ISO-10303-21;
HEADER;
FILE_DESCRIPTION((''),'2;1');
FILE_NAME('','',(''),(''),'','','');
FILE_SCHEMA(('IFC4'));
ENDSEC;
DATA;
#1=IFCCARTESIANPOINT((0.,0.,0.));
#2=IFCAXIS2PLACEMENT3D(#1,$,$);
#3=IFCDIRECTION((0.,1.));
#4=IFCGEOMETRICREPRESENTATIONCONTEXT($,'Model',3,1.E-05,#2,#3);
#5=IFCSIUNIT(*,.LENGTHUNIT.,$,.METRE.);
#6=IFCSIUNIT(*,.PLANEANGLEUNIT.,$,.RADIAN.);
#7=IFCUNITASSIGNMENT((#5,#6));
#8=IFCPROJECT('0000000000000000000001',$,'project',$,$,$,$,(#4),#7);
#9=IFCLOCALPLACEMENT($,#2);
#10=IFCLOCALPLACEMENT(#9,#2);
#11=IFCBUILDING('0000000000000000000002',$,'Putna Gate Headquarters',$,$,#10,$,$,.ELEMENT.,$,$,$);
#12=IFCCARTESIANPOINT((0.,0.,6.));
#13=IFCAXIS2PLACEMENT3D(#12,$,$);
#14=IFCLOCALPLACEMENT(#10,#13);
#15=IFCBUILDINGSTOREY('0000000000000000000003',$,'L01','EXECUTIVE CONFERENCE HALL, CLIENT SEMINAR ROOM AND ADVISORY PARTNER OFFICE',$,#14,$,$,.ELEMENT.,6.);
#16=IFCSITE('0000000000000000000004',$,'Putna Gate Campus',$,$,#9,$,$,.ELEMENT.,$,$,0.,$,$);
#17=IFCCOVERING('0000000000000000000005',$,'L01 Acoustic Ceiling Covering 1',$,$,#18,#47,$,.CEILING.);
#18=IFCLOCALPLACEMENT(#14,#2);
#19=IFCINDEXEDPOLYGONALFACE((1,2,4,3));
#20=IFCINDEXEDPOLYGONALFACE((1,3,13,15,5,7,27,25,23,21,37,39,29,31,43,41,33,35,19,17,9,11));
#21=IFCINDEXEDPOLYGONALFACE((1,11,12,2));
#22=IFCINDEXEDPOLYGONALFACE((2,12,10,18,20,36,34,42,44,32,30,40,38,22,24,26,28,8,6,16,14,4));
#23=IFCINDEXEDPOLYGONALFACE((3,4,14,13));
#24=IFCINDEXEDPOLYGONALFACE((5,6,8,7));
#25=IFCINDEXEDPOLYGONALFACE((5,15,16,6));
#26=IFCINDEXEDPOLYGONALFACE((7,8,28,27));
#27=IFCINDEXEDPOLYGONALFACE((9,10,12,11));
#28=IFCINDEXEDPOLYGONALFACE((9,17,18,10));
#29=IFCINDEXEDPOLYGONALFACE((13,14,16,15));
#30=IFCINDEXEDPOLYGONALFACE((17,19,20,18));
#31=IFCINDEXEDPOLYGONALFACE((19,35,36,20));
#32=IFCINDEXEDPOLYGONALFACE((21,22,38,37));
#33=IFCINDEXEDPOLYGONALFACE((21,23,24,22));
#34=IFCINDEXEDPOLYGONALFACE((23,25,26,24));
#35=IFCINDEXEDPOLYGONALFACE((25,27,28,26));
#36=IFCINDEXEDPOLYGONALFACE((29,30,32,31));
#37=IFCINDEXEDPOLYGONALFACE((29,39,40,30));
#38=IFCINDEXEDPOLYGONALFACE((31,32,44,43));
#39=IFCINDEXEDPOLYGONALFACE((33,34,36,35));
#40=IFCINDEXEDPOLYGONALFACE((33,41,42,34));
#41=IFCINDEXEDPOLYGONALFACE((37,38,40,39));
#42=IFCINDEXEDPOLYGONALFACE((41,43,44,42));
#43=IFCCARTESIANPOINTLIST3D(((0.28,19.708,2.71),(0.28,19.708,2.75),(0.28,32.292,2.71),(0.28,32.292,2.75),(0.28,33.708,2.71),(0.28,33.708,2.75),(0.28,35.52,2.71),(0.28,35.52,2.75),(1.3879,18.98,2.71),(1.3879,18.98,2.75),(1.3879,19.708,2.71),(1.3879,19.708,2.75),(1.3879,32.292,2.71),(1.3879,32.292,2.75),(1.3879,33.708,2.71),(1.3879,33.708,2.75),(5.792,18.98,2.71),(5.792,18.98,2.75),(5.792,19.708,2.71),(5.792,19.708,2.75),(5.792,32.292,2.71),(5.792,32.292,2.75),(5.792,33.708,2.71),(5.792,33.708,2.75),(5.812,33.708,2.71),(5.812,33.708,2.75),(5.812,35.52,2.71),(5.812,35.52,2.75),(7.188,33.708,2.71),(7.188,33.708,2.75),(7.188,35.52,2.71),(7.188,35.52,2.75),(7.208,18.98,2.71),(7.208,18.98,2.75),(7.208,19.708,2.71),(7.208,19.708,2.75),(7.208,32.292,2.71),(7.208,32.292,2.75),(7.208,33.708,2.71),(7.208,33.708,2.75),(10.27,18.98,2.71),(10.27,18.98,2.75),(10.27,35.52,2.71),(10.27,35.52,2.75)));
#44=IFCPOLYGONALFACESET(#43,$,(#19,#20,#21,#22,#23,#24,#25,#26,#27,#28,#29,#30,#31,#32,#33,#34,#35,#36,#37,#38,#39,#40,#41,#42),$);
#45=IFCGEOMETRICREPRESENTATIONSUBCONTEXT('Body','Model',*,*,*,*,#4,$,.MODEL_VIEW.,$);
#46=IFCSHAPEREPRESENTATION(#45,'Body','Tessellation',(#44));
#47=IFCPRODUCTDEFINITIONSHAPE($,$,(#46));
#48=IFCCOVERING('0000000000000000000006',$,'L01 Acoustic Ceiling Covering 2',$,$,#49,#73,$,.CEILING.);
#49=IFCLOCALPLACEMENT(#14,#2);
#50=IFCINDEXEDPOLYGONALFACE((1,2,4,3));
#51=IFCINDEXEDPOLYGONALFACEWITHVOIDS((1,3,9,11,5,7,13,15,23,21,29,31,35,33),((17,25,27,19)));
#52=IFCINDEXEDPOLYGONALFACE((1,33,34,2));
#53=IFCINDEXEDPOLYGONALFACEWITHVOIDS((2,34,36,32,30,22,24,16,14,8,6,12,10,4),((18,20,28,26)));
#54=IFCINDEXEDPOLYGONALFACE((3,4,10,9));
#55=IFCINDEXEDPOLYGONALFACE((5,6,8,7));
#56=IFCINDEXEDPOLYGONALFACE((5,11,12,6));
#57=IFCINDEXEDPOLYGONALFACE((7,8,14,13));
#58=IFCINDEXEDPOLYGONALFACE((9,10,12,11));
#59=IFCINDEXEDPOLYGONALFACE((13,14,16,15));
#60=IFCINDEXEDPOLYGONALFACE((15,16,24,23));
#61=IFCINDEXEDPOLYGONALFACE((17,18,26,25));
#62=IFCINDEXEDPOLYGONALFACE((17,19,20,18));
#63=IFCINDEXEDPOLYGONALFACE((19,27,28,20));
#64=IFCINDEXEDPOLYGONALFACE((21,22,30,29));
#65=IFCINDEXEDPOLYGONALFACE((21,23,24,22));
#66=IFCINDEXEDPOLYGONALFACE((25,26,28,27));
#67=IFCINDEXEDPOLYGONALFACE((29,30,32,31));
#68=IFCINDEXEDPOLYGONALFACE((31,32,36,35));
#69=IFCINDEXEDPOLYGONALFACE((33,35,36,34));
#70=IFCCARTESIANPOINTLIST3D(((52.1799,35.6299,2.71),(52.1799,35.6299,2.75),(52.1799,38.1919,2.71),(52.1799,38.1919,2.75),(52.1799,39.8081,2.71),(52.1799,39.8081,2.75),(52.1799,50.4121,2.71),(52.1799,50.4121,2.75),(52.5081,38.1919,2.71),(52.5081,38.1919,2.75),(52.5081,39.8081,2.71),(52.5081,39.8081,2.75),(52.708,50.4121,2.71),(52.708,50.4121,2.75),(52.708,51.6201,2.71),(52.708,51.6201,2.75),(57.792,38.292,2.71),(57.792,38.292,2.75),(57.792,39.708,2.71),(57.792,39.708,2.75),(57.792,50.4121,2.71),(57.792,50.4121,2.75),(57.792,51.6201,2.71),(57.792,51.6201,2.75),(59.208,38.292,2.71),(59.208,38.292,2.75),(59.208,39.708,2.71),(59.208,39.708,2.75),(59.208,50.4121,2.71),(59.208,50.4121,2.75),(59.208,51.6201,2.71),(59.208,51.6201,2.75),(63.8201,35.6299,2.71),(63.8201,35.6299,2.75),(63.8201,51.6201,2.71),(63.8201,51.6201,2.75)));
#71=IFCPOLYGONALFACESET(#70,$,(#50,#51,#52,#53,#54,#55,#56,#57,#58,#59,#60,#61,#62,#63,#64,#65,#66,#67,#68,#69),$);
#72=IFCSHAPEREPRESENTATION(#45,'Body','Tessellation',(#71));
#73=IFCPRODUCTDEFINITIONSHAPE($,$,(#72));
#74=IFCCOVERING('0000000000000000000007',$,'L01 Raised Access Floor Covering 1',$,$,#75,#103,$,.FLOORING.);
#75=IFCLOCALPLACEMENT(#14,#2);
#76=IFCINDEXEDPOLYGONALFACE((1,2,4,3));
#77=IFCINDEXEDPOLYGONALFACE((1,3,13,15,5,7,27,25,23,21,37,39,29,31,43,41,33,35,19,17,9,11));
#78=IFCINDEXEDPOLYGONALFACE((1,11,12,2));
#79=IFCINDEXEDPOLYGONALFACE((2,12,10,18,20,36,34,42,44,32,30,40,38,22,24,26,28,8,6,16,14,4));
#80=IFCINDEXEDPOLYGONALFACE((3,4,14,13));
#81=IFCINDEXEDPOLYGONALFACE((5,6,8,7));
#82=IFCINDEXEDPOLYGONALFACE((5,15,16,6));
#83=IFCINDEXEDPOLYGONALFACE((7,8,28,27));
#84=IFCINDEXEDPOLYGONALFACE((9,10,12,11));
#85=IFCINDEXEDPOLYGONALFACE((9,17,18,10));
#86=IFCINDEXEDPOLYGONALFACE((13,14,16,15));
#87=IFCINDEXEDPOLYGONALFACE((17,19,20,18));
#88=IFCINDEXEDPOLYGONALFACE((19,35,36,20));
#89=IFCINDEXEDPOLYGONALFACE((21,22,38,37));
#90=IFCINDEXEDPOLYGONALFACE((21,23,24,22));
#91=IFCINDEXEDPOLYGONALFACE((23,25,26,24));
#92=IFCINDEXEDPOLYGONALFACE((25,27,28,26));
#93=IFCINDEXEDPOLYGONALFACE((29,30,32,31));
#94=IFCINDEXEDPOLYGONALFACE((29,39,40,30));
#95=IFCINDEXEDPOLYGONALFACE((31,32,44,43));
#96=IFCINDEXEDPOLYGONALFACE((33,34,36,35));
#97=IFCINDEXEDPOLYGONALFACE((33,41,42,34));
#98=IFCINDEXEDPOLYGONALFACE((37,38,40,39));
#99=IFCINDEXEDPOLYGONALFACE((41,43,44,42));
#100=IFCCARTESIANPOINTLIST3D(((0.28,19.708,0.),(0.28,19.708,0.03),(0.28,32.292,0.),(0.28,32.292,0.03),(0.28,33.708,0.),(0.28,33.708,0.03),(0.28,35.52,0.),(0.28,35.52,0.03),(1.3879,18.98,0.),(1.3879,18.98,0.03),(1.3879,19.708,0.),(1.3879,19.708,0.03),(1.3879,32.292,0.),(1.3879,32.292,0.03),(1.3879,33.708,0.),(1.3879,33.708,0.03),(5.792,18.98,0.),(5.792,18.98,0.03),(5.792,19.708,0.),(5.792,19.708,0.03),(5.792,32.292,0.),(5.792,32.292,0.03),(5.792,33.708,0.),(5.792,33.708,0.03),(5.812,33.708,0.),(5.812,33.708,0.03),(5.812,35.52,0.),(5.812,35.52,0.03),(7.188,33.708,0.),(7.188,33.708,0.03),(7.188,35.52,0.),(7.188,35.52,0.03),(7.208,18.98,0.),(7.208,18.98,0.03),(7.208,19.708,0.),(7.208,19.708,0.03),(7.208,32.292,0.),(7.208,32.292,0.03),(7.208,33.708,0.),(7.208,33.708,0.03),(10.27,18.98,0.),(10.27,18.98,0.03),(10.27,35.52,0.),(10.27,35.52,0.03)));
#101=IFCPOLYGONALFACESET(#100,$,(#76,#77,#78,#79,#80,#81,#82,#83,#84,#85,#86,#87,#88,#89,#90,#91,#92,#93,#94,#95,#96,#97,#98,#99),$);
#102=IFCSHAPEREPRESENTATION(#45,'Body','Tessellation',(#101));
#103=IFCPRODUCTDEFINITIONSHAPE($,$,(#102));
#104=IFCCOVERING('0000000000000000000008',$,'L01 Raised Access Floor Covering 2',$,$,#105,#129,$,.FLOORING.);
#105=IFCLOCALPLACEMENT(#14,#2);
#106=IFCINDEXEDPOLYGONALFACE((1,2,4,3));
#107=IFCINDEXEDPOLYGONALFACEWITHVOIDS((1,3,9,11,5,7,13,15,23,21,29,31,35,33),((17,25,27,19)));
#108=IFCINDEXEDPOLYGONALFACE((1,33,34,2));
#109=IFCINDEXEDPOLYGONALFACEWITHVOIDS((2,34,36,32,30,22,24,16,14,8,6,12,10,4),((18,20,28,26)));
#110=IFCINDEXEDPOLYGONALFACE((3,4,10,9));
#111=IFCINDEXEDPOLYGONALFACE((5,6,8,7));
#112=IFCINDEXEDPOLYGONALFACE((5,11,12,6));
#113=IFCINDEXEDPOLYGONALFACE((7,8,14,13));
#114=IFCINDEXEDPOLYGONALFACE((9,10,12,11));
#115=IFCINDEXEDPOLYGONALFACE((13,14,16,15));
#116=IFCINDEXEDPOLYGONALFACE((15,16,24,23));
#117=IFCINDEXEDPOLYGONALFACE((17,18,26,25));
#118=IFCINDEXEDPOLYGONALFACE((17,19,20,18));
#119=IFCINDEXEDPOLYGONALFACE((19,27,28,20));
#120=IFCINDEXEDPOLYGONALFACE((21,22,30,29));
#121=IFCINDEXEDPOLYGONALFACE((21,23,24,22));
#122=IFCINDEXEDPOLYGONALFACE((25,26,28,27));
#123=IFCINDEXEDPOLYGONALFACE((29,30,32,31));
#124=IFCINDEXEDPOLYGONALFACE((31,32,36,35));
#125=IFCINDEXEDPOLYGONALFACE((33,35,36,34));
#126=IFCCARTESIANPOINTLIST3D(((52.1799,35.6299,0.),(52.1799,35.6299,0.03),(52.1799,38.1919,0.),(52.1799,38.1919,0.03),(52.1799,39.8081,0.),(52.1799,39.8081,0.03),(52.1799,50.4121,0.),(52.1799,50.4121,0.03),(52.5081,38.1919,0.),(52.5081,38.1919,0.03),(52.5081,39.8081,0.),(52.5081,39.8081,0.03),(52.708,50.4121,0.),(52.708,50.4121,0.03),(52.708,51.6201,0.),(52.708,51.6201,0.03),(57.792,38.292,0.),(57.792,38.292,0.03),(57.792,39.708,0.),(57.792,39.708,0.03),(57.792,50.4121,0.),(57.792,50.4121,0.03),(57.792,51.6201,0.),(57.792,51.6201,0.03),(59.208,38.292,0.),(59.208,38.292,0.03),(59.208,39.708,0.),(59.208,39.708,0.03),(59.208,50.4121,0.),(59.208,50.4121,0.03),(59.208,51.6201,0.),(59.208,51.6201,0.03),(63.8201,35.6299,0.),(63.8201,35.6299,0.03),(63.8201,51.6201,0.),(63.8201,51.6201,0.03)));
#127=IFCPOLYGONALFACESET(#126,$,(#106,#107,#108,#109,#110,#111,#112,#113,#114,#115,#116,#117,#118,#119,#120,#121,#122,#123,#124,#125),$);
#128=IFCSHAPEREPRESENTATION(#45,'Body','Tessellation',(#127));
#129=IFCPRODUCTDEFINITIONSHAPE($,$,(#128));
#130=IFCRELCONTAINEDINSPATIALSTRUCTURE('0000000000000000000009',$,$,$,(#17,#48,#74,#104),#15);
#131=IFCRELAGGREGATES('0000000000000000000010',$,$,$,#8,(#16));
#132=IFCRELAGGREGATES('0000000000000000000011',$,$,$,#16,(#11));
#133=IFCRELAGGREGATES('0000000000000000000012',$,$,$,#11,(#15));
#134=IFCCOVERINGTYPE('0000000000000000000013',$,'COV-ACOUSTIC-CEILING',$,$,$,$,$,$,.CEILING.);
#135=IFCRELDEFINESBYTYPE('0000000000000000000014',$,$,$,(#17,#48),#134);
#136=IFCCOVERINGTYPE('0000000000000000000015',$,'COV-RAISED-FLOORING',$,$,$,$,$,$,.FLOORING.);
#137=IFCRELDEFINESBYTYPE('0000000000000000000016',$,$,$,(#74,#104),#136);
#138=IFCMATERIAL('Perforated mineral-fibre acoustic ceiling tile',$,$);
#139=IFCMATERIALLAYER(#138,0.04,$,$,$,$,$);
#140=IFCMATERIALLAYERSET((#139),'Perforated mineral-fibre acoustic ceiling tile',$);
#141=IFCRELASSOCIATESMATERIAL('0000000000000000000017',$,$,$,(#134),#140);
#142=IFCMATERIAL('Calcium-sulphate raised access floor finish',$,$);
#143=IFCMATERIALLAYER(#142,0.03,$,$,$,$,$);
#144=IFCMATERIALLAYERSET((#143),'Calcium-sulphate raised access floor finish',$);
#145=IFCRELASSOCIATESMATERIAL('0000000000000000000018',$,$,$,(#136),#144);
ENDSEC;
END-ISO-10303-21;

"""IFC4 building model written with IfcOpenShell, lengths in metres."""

from ifc_helpers import new_model, si_unit, direction, frame, origin, place, context, subcontext, project, spatial, polyline, outline, extrude, material, layer, layer_set, type_object, element, save


model = new_model("IFC4")

# Units and contexts
model_context = context("Model", 3, precision=1e-05, world=origin(), true_north=direction((0.0, 1.0)))
body_context = subcontext(model_context, "Body", "Model", "MODEL_VIEW")
ifc_project = project(units=[si_unit("LENGTHUNIT", "METRE"), si_unit("PLANEANGLEUNIT", "RADIAN")], contexts=[model_context])

# Site, building, storey
site_placement = place(None, origin())
site = spatial("IfcSite", under=ifc_project, at=site_placement, Name="Putna Gate Campus", CompositionType="ELEMENT", RefElevation=0.0)
building_placement = place(site_placement, origin())
building = spatial("IfcBuilding", under=site, at=building_placement, Name="Putna Gate Headquarters", CompositionType="ELEMENT")
storey_placement = place(building_placement, frame((0.0, 0.0, 6.0)))
storey = spatial("IfcBuildingStorey", under=building, at=storey_placement, Name="L01", Description="EXECUTIVE CONFERENCE HALL, CLIENT SEMINAR ROOM AND ADVISORY PARTNER OFFICE", CompositionType="ELEMENT", Elevation=6.0)

# Coverings
ifc_material_1 = material(Name="Perforated mineral-fibre acoustic ceiling tile")
ifc_layer_1 = layer(ifc_material_1, 0.04)
ifc_layer_set_1 = layer_set([ifc_layer_1], Name="Perforated mineral-fibre acoustic ceiling tile")
covering_type_1 = type_object("IfcCoveringType", Name="COV-ACOUSTIC-CEILING", PredefinedType="CEILING", material=ifc_layer_set_1)
covering_1_placement = place(storey_placement, frame((0.0, 0.0, 2.71)))
element("IfcCovering", 1, at=covering_1_placement, inside=storey, type_object=covering_type_1, Name="L01 Acoustic Ceiling Covering 1", PredefinedType="CEILING", context=body_context, shape_type="SweptSolid", body=[
    extrude(outline(polyline([(10.27, 35.52), (7.188, 35.52), (7.188, 33.708), (7.208, 33.708), (7.208, 32.292), (5.792, 32.292), (5.792, 33.708), (5.812, 33.708), (5.812, 35.52), (0.28, 35.52), (0.28, 33.708), (1.3879, 33.708), (1.3879, 32.292), (0.28, 32.292), (0.28, 19.708), (1.3879, 19.708), (1.3879, 18.98), (5.792, 18.98), (5.792, 19.708), (7.208, 19.708), (7.208, 18.98), (10.27, 18.98), (10.27, 35.52)])), origin(), (0.0, 0.0, 1.0), 0.04),
])
covering_2_placement = place(storey_placement, frame((0.0, 0.0, 2.71)))
element("IfcCovering", 2, at=covering_2_placement, inside=storey, type_object=covering_type_1, Name="L01 Acoustic Ceiling Covering 2", PredefinedType="CEILING", context=body_context, shape_type="SweptSolid", body=[
    extrude(outline(polyline([(52.1799, 35.6299), (63.8201, 35.6299), (63.8201, 51.6201), (59.208, 51.6201), (59.208, 50.4121), (57.792, 50.4121), (57.792, 51.6201), (52.708, 51.6201), (52.708, 50.4121), (52.1799, 50.4121), (52.1799, 39.8081), (52.5081, 39.8081), (52.5081, 38.1919), (52.1799, 38.1919), (52.1799, 35.6299)]), holes=[polyline([(59.208, 38.292), (59.208, 39.708), (57.792, 39.708), (57.792, 38.292), (59.208, 38.292)])]), origin(), (0.0, 0.0, 1.0), 0.04),
])
ifc_material_2 = material(Name="Calcium-sulphate raised access floor finish")
ifc_layer_2 = layer(ifc_material_2, 0.03)
ifc_layer_set_2 = layer_set([ifc_layer_2], Name="Calcium-sulphate raised access floor finish")
covering_type_2 = type_object("IfcCoveringType", Name="COV-RAISED-FLOORING", PredefinedType="FLOORING", material=ifc_layer_set_2)
covering_3_placement = place(storey_placement, origin())
element("IfcCovering", 3, at=covering_3_placement, inside=storey, type_object=covering_type_2, Name="L01 Raised Access Floor Covering 1", PredefinedType="FLOORING", context=body_context, shape_type="SweptSolid", body=[
    extrude(outline(polyline([(10.27, 35.52), (7.188, 35.52), (7.188, 33.708), (7.208, 33.708), (7.208, 32.292), (5.792, 32.292), (5.792, 33.708), (5.812, 33.708), (5.812, 35.52), (0.28, 35.52), (0.28, 33.708), (1.3879, 33.708), (1.3879, 32.292), (0.28, 32.292), (0.28, 19.708), (1.3879, 19.708), (1.3879, 18.98), (5.792, 18.98), (5.792, 19.708), (7.208, 19.708), (7.208, 18.98), (10.27, 18.98), (10.27, 35.52)])), origin(), (0.0, 0.0, 1.0), 0.03),
])
covering_4_placement = place(storey_placement, origin())
element("IfcCovering", 4, at=covering_4_placement, inside=storey, type_object=covering_type_2, Name="L01 Raised Access Floor Covering 2", PredefinedType="FLOORING", context=body_context, shape_type="SweptSolid", body=[
    extrude(outline(polyline([(52.1799, 35.6299), (63.8201, 35.6299), (63.8201, 51.6201), (59.208, 51.6201), (59.208, 50.4121), (57.792, 50.4121), (57.792, 51.6201), (52.708, 51.6201), (52.708, 50.4121), (52.1799, 50.4121), (52.1799, 39.8081), (52.5081, 39.8081), (52.5081, 38.1919), (52.1799, 38.1919), (52.1799, 35.6299)]), holes=[polyline([(59.208, 38.292), (59.208, 39.708), (57.792, 39.708), (57.792, 38.292), (59.208, 38.292)])]), origin(), (0.0, 0.0, 1.0), 0.03),
])

save(model, "model.ifc")
